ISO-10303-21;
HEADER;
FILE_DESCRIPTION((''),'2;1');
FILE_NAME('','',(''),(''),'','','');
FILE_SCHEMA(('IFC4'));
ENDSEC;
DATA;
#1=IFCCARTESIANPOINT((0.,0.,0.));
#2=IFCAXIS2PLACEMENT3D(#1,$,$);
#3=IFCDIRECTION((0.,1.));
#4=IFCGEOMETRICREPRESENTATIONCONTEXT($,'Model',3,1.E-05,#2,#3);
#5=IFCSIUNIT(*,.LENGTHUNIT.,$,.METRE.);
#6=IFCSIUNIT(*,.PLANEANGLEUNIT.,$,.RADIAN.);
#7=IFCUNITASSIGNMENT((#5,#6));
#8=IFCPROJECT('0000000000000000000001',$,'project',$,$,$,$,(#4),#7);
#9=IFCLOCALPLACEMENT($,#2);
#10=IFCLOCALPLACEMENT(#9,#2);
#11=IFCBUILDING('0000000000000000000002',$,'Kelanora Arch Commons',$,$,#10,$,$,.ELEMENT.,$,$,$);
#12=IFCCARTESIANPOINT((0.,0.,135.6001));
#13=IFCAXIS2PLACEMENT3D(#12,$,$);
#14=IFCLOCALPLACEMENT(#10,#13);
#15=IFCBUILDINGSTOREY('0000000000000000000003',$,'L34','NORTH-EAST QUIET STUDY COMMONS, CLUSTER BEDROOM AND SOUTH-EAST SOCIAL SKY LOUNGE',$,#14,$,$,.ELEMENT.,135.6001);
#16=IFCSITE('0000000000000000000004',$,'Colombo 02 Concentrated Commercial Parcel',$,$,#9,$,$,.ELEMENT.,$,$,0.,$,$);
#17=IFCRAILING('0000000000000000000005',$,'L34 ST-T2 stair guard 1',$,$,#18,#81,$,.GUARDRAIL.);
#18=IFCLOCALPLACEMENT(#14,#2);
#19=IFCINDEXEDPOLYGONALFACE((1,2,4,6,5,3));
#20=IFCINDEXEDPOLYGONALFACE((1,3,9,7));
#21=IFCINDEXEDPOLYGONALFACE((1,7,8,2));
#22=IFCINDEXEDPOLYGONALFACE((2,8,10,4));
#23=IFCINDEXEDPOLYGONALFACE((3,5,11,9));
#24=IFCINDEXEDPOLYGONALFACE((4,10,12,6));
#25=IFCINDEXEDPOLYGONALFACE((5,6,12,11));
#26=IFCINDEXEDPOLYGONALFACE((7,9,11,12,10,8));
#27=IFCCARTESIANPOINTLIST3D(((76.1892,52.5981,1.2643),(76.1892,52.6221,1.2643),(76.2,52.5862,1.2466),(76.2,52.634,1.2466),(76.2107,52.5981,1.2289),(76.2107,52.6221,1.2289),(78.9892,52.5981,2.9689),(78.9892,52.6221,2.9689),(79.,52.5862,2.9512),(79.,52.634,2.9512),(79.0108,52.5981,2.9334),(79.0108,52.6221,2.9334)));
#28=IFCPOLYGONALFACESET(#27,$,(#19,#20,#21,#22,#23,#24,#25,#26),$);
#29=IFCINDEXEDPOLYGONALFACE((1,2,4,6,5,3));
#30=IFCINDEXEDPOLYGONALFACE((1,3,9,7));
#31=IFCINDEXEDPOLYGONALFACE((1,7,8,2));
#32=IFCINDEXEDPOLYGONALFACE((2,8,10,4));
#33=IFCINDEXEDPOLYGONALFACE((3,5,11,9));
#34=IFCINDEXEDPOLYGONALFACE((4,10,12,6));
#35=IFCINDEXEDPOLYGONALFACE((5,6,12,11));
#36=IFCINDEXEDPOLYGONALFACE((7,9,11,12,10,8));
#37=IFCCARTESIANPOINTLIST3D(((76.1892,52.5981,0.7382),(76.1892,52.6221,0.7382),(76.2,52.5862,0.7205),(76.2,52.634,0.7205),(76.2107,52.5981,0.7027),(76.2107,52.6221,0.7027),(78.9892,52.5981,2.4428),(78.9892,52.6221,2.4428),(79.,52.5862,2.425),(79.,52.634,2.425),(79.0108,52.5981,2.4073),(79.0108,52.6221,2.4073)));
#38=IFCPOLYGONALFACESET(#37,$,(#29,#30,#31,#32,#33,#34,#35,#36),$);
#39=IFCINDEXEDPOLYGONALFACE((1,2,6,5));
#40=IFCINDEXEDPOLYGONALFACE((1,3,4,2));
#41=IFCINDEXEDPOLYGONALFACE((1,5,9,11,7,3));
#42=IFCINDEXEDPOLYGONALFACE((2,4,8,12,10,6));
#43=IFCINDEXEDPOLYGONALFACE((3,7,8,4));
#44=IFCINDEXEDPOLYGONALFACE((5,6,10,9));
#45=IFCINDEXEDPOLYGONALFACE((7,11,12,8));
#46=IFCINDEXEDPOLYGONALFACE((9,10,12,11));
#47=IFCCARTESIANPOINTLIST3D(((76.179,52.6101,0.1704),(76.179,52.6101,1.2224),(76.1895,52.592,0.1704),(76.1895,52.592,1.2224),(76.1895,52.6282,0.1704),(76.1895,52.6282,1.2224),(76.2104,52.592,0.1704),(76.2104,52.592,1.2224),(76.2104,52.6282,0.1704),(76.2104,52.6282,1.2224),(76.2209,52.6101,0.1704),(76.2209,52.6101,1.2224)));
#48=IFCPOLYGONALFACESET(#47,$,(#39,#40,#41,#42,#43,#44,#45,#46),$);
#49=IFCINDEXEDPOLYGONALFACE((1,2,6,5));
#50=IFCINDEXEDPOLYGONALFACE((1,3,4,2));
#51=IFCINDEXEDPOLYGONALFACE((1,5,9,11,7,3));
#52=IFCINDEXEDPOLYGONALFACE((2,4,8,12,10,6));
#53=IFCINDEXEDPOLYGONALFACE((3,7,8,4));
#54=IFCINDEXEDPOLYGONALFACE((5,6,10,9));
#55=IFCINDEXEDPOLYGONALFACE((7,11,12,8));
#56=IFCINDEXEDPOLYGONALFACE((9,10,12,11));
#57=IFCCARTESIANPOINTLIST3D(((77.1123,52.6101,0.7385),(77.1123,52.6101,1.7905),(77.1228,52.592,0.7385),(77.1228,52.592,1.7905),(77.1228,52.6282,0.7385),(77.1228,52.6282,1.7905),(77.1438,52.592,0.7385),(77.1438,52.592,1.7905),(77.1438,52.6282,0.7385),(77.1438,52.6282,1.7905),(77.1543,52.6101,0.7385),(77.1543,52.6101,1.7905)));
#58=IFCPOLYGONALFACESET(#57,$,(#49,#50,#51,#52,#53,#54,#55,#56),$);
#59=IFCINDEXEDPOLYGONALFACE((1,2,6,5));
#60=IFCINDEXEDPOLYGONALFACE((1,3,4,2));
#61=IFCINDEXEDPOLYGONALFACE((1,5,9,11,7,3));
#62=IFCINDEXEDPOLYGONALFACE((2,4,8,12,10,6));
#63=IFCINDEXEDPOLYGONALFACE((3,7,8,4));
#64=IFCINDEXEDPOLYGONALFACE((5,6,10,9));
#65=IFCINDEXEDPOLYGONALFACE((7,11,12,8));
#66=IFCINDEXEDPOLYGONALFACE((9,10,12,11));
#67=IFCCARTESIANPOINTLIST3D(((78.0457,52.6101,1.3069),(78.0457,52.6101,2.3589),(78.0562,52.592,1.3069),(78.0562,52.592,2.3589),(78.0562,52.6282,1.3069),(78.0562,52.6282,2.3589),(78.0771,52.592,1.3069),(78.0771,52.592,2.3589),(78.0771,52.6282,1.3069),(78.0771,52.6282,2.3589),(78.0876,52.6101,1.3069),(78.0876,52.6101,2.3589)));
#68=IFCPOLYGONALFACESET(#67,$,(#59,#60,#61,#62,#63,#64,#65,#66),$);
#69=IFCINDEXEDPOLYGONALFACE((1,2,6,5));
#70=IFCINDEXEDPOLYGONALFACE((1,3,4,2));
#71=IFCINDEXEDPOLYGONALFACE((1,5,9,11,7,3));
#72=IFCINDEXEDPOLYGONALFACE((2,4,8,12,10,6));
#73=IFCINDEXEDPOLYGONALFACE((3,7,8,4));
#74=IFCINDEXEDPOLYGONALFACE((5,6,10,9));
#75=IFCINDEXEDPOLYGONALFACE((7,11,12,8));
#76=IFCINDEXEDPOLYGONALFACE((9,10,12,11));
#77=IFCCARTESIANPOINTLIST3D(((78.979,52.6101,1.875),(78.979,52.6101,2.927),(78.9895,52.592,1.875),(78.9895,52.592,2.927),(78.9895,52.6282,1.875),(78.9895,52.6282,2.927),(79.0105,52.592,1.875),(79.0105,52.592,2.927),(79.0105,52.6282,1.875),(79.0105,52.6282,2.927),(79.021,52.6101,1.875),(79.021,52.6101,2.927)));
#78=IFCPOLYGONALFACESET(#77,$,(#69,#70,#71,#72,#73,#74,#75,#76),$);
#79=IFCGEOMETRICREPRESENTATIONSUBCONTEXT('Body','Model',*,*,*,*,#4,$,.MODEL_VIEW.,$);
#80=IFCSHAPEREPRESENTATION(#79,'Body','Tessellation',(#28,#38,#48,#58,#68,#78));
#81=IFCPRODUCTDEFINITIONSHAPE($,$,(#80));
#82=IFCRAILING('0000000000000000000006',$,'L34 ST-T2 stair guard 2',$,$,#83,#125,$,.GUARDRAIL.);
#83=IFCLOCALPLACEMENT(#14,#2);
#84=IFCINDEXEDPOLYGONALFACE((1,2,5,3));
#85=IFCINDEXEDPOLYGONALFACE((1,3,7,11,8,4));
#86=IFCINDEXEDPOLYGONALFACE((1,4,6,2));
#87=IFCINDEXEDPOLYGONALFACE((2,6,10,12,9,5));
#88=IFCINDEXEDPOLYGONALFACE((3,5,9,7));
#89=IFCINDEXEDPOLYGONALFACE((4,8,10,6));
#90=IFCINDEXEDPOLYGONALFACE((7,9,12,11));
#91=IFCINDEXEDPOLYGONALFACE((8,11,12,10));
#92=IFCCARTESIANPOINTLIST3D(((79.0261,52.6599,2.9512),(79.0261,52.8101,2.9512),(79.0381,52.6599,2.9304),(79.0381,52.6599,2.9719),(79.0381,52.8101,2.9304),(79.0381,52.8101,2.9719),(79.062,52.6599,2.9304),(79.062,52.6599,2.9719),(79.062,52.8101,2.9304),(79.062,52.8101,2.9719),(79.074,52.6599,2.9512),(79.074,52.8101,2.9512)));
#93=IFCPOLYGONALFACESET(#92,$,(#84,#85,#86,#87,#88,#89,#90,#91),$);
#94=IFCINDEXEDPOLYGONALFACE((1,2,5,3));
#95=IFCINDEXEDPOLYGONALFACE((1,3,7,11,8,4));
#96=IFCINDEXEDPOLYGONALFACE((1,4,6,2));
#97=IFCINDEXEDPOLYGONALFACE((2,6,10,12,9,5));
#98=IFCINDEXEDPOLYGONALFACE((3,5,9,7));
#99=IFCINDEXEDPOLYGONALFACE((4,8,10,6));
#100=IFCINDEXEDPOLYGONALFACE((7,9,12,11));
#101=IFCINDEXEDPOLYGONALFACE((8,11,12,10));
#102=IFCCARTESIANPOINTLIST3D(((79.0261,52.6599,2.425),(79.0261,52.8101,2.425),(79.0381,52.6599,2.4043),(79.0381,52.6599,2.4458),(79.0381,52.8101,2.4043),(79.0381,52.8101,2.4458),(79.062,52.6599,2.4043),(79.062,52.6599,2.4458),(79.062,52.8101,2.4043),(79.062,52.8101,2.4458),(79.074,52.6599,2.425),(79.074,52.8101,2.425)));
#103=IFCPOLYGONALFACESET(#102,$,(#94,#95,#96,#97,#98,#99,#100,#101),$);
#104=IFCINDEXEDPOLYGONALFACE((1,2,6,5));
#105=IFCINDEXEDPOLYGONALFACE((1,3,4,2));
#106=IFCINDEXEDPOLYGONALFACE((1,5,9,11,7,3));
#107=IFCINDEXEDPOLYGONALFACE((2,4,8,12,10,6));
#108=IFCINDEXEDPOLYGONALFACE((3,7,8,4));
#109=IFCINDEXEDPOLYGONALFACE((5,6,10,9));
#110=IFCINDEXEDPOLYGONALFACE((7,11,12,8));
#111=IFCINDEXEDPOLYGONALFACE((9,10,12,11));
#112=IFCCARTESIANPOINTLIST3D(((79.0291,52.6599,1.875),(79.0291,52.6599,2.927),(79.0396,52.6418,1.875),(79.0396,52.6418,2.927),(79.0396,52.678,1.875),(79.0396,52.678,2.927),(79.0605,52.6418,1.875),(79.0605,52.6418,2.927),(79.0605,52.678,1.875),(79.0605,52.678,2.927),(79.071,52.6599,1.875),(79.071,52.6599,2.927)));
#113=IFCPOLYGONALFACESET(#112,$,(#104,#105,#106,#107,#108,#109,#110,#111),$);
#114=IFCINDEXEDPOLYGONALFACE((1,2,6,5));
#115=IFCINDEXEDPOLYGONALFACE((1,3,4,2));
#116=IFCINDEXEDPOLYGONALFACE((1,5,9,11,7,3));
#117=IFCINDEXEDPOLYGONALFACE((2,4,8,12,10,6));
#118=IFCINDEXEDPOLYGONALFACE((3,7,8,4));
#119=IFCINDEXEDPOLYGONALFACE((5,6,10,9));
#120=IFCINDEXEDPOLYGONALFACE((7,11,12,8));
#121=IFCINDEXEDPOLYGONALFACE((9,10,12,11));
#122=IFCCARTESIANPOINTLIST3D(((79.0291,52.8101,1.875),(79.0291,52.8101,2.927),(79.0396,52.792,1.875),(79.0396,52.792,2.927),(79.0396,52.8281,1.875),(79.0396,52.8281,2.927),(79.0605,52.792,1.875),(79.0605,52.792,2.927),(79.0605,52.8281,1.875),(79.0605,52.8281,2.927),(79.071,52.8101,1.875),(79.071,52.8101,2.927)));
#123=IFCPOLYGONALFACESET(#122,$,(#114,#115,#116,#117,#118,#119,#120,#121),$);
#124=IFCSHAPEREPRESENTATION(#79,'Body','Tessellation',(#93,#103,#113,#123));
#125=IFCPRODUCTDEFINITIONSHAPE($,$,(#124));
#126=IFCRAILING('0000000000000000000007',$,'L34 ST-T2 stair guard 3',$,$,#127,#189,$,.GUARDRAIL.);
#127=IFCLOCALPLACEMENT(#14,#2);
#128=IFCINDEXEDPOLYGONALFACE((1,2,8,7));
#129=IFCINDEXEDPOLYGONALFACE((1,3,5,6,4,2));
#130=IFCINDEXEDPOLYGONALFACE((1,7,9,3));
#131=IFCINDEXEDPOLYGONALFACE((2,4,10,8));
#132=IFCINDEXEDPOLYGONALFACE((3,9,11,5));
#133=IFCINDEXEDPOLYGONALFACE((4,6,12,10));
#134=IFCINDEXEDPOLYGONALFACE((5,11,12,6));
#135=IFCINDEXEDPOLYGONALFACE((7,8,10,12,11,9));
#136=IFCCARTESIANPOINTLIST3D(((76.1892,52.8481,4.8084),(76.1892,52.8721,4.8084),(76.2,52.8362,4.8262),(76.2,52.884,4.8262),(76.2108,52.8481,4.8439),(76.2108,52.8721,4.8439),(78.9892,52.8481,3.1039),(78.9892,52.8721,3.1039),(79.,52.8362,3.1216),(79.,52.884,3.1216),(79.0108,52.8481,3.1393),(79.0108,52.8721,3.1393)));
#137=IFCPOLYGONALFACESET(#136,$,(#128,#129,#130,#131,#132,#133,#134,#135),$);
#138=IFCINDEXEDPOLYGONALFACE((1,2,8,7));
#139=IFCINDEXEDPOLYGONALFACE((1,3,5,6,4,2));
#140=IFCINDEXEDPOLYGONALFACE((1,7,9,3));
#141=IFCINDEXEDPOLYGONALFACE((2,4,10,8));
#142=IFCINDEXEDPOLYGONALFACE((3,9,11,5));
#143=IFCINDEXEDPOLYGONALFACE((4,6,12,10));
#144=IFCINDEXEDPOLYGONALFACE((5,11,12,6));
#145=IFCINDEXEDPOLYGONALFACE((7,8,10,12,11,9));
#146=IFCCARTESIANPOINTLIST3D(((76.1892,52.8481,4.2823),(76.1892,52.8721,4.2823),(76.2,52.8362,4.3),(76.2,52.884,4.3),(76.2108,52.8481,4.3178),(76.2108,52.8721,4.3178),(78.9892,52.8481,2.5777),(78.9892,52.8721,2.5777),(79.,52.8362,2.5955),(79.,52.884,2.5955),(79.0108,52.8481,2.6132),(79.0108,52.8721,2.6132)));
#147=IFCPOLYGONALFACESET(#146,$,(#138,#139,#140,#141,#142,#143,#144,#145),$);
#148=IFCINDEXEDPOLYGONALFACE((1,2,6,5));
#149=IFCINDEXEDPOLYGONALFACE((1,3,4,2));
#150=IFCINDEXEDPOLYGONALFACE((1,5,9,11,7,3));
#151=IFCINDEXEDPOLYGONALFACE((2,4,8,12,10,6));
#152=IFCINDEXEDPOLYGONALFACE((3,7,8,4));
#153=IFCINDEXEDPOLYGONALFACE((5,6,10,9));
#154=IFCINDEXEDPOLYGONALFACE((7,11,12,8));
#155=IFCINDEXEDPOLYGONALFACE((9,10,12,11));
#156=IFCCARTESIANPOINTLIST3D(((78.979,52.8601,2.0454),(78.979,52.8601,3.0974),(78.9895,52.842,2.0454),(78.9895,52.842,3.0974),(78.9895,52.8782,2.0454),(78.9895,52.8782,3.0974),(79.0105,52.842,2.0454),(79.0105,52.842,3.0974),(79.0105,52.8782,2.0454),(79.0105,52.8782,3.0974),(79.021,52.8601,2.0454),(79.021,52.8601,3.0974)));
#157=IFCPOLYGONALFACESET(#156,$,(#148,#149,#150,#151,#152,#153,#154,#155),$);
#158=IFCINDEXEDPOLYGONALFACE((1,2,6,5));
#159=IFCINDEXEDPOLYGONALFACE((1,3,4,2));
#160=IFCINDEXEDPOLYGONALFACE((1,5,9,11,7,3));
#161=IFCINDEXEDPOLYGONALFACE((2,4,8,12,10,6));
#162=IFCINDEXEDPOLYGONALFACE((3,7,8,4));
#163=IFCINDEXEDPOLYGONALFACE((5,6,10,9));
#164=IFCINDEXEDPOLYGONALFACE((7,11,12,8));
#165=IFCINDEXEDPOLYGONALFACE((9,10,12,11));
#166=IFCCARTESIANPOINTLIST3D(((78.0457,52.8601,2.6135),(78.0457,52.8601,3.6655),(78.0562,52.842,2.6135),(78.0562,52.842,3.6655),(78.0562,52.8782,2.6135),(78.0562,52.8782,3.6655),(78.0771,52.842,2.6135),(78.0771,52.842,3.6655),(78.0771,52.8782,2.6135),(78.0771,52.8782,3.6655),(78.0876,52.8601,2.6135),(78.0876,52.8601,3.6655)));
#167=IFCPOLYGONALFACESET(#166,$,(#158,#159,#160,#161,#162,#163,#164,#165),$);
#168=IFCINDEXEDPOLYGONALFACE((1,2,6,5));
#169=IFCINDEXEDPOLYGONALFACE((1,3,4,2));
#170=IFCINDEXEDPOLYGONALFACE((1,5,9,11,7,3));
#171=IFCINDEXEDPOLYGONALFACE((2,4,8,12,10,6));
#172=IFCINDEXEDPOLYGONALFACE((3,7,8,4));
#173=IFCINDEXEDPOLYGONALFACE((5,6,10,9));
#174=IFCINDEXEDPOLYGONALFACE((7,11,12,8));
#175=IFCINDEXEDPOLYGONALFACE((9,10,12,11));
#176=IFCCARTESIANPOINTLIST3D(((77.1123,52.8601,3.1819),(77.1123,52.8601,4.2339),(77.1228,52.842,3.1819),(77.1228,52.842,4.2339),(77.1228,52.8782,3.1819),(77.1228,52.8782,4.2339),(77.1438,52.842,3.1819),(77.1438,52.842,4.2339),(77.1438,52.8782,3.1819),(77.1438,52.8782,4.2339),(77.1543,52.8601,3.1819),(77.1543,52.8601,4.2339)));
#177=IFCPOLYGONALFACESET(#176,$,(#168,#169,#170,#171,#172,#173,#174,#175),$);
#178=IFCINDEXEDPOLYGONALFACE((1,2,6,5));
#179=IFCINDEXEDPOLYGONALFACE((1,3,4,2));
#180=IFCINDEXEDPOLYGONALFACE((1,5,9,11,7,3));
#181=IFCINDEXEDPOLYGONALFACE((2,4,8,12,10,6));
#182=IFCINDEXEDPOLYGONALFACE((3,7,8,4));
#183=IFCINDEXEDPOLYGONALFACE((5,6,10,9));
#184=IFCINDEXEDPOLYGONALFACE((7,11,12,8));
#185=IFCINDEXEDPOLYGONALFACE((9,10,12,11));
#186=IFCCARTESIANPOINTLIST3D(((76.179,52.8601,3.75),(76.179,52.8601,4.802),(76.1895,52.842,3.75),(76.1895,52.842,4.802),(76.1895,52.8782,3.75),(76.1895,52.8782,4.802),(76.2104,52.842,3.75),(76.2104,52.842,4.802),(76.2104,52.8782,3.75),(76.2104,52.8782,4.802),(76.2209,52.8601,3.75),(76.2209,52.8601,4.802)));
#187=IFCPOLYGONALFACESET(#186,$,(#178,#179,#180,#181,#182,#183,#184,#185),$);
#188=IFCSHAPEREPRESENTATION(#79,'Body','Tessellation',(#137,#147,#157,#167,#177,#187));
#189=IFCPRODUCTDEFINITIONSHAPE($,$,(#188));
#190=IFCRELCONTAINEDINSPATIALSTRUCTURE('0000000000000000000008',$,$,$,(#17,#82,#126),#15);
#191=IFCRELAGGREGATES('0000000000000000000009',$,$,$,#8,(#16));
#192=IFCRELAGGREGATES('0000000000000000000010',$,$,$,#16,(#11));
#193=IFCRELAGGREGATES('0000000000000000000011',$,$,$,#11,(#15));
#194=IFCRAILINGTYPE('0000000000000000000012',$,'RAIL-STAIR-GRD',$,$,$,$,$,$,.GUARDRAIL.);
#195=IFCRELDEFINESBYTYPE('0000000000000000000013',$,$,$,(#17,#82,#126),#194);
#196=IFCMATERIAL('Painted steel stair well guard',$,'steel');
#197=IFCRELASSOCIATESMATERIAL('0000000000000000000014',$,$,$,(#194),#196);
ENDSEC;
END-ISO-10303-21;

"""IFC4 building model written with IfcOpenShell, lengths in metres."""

from ifc_helpers import new_model, si_unit, direction, frame, origin, place, context, subcontext, project, spatial, polyline, outline, extrude, material, type_object, element, save


model = new_model("IFC4")

# Units and contexts
model_context = context("Model", 3, precision=1e-05, world=origin(), true_north=direction((0.0, 1.0)))
body_context = subcontext(model_context, "Body", "Model", "MODEL_VIEW")
ifc_project = project(units=[si_unit("LENGTHUNIT", "METRE"), si_unit("PLANEANGLEUNIT", "RADIAN")], contexts=[model_context])

# Site, building, storey
site_placement = place(None, origin())
site = spatial("IfcSite", under=ifc_project, at=site_placement, Name="Colombo 02 Concentrated Commercial Parcel", CompositionType="ELEMENT", RefElevation=0.0)
building_placement = place(site_placement, origin())
building = spatial("IfcBuilding", under=site, at=building_placement, Name="Kelanora Arch Commons", CompositionType="ELEMENT")
storey_placement = place(building_placement, frame((0.0, 0.0, 135.6001)))
storey = spatial("IfcBuildingStorey", under=building, at=storey_placement, Name="L34", Description="NORTH-EAST QUIET STUDY COMMONS, CLUSTER BEDROOM AND SOUTH-EAST SOCIAL SKY LOUNGE", CompositionType="ELEMENT", Elevation=135.6001)

# Railings
ifc_material_1 = material(Name="Painted steel stair well guard", Category="steel")
railing_type_1 = type_object("IfcRailingType", Name="RAIL-STAIR-GRD", PredefinedType="GUARDRAIL", material=ifc_material_1)
railing_1_placement = place(storey_placement, frame((76.2, 52.6101, 0.1704)))
element("IfcRailing", 1, at=railing_1_placement, inside=storey, type_object=railing_type_1, Name="L34 ST-T2 stair guard 1", PredefinedType="GUARDRAIL", context=body_context, shape_type="SweptSolid", body=[
    extrude(outline(polyline([(0.0239, 0.0), (0.012, 0.0208), (-0.012, 0.0208), (-0.0239, 0.0), (-0.012, -0.0208), (0.012, -0.0208), (0.0239, 0.0)])), frame((0.0, 0.0, 1.0762), z_axis=(0.85417, 0.0, 0.519994), x_axis=(0.0, 1.0, 0.0)), (0.0, 0.0, 1.0), 3.2781),
    extrude(outline(polyline([(0.0239, 0.0), (0.012, 0.0208), (-0.012, 0.0208), (-0.0239, 0.0), (-0.012, -0.0208), (0.012, -0.0208), (0.0239, 0.0)])), frame((0.0, 0.0, 0.55), z_axis=(0.85417, 0.0, 0.519994), x_axis=(0.0, 1.0, 0.0)), (0.0, 0.0, 1.0), 3.2781),
    extrude(outline(polyline([(0.021, 0.0), (0.0105, 0.0181), (-0.0105, 0.0181), (-0.021, 0.0), (-0.0105, -0.0181), (0.0105, -0.0181), (0.021, 0.0)])), origin(), (0.0, 0.0, 1.0), 1.052),
    extrude(outline(polyline([(0.021, 0.0), (0.0105, 0.0181), (-0.0105, 0.0181), (-0.021, 0.0), (-0.0105, -0.0181), (0.0105, -0.0181), (0.021, 0.0)])), frame((0.9333, 0.0, 0.5681)), (0.0, 0.0, 1.0), 1.052),
    extrude(outline(polyline([(0.021, 0.0), (0.0105, 0.0181), (-0.0105, 0.0181), (-0.021, 0.0), (-0.0105, -0.0181), (0.0105, -0.0181), (0.021, 0.0)])), frame((1.8667, 0.0, 1.1365)), (0.0, 0.0, 1.0), 1.052),
    extrude(outline(polyline([(0.021, 0.0), (0.0105, 0.0181), (-0.0105, 0.0181), (-0.021, 0.0), (-0.0105, -0.0181), (0.0105, -0.0181), (0.021, 0.0)])), frame((2.8, 0.0, 1.7046)), (0.0, 0.0, 1.0), 1.052),
])
railing_2_placement = place(storey_placement, frame((79.05, 52.6599, 1.875)))
element("IfcRailing", 2, at=railing_2_placement, inside=storey, type_object=railing_type_1, Name="L34 ST-T2 stair guard 2", PredefinedType="GUARDRAIL", context=body_context, shape_type="SweptSolid", body=[
    extrude(outline(polyline([(0.0239, 0.0), (0.012, 0.0208), (-0.012, 0.0208), (-0.0239, 0.0), (-0.012, -0.0208), (0.012, -0.0208), (0.0239, 0.0)])), frame((0.0, 0.0, 1.0762), z_axis=(0.0, 1.0, 0.0), x_axis=(-1.0, 0.0, 0.0)), (0.0, 0.0, 1.0), 0.1501),
    extrude(outline(polyline([(0.0239, 0.0), (0.012, 0.0208), (-0.012, 0.0208), (-0.0239, 0.0), (-0.012, -0.0208), (0.012, -0.0208), (0.0239, 0.0)])), frame((0.0, 0.0, 0.55), z_axis=(0.0, 1.0, 0.0), x_axis=(-1.0, 0.0, 0.0)), (0.0, 0.0, 1.0), 0.1501),
    extrude(outline(polyline([(0.021, 0.0), (0.0105, 0.0181), (-0.0105, 0.0181), (-0.021, 0.0), (-0.0105, -0.0181), (0.0105, -0.0181), (0.021, 0.0)])), origin(), (0.0, 0.0, 1.0), 1.052),
    extrude(outline(polyline([(0.021, 0.0), (0.0105, 0.0181), (-0.0105, 0.0181), (-0.021, 0.0), (-0.0105, -0.0181), (0.0105, -0.0181), (0.021, 0.0)])), frame((0.0, 0.1501, 0.0)), (0.0, 0.0, 1.0), 1.052),
])
railing_3_placement = place(storey_placement, frame((79.0, 52.8601, 2.0454)))
element("IfcRailing", 3, at=railing_3_placement, inside=storey, type_object=railing_type_1, Name="L34 ST-T2 stair guard 3", PredefinedType="GUARDRAIL", context=body_context, shape_type="SweptSolid", body=[
    extrude(outline(polyline([(0.0239, 0.0), (0.012, 0.0208), (-0.012, 0.0208), (-0.0239, 0.0), (-0.012, -0.0208), (0.012, -0.0208), (0.0239, 0.0)])), frame((0.0, 0.0, 1.0762), z_axis=(-0.85417, 0.0, 0.519994), x_axis=(0.0, -1.0, 0.0)), (0.0, 0.0, 1.0), 3.2781),
    extrude(outline(polyline([(0.0239, 0.0), (0.012, 0.0208), (-0.012, 0.0208), (-0.0239, 0.0), (-0.012, -0.0208), (0.012, -0.0208), (0.0239, 0.0)])), frame((0.0, 0.0, 0.55), z_axis=(-0.85417, 0.0, 0.519994), x_axis=(0.0, -1.0, 0.0)), (0.0, 0.0, 1.0), 3.2781),
    extrude(outline(polyline([(0.021, 0.0), (0.0105, 0.0181), (-0.0105, 0.0181), (-0.021, 0.0), (-0.0105, -0.0181), (0.0105, -0.0181), (0.021, 0.0)])), origin(), (0.0, 0.0, 1.0), 1.052),
    extrude(outline(polyline([(0.021, 0.0), (0.0105, 0.0181), (-0.0105, 0.0181), (-0.021, 0.0), (-0.0105, -0.0181), (0.0105, -0.0181), (0.021, 0.0)])), frame((-0.9333, 0.0, 0.5681)), (0.0, 0.0, 1.0), 1.052),
    extrude(outline(polyline([(0.021, 0.0), (0.0105, 0.0181), (-0.0105, 0.0181), (-0.021, 0.0), (-0.0105, -0.0181), (0.0105, -0.0181), (0.021, 0.0)])), frame((-1.8667, 0.0, 1.1365)), (0.0, 0.0, 1.0), 1.052),
    extrude(outline(polyline([(0.021, 0.0), (0.0105, 0.0181), (-0.0105, 0.0181), (-0.021, 0.0), (-0.0105, -0.0181), (0.0105, -0.0181), (0.021, 0.0)])), frame((-2.8, 0.0, 1.7046)), (0.0, 0.0, 1.0), 1.052),
])

save(model, "model.ifc")
